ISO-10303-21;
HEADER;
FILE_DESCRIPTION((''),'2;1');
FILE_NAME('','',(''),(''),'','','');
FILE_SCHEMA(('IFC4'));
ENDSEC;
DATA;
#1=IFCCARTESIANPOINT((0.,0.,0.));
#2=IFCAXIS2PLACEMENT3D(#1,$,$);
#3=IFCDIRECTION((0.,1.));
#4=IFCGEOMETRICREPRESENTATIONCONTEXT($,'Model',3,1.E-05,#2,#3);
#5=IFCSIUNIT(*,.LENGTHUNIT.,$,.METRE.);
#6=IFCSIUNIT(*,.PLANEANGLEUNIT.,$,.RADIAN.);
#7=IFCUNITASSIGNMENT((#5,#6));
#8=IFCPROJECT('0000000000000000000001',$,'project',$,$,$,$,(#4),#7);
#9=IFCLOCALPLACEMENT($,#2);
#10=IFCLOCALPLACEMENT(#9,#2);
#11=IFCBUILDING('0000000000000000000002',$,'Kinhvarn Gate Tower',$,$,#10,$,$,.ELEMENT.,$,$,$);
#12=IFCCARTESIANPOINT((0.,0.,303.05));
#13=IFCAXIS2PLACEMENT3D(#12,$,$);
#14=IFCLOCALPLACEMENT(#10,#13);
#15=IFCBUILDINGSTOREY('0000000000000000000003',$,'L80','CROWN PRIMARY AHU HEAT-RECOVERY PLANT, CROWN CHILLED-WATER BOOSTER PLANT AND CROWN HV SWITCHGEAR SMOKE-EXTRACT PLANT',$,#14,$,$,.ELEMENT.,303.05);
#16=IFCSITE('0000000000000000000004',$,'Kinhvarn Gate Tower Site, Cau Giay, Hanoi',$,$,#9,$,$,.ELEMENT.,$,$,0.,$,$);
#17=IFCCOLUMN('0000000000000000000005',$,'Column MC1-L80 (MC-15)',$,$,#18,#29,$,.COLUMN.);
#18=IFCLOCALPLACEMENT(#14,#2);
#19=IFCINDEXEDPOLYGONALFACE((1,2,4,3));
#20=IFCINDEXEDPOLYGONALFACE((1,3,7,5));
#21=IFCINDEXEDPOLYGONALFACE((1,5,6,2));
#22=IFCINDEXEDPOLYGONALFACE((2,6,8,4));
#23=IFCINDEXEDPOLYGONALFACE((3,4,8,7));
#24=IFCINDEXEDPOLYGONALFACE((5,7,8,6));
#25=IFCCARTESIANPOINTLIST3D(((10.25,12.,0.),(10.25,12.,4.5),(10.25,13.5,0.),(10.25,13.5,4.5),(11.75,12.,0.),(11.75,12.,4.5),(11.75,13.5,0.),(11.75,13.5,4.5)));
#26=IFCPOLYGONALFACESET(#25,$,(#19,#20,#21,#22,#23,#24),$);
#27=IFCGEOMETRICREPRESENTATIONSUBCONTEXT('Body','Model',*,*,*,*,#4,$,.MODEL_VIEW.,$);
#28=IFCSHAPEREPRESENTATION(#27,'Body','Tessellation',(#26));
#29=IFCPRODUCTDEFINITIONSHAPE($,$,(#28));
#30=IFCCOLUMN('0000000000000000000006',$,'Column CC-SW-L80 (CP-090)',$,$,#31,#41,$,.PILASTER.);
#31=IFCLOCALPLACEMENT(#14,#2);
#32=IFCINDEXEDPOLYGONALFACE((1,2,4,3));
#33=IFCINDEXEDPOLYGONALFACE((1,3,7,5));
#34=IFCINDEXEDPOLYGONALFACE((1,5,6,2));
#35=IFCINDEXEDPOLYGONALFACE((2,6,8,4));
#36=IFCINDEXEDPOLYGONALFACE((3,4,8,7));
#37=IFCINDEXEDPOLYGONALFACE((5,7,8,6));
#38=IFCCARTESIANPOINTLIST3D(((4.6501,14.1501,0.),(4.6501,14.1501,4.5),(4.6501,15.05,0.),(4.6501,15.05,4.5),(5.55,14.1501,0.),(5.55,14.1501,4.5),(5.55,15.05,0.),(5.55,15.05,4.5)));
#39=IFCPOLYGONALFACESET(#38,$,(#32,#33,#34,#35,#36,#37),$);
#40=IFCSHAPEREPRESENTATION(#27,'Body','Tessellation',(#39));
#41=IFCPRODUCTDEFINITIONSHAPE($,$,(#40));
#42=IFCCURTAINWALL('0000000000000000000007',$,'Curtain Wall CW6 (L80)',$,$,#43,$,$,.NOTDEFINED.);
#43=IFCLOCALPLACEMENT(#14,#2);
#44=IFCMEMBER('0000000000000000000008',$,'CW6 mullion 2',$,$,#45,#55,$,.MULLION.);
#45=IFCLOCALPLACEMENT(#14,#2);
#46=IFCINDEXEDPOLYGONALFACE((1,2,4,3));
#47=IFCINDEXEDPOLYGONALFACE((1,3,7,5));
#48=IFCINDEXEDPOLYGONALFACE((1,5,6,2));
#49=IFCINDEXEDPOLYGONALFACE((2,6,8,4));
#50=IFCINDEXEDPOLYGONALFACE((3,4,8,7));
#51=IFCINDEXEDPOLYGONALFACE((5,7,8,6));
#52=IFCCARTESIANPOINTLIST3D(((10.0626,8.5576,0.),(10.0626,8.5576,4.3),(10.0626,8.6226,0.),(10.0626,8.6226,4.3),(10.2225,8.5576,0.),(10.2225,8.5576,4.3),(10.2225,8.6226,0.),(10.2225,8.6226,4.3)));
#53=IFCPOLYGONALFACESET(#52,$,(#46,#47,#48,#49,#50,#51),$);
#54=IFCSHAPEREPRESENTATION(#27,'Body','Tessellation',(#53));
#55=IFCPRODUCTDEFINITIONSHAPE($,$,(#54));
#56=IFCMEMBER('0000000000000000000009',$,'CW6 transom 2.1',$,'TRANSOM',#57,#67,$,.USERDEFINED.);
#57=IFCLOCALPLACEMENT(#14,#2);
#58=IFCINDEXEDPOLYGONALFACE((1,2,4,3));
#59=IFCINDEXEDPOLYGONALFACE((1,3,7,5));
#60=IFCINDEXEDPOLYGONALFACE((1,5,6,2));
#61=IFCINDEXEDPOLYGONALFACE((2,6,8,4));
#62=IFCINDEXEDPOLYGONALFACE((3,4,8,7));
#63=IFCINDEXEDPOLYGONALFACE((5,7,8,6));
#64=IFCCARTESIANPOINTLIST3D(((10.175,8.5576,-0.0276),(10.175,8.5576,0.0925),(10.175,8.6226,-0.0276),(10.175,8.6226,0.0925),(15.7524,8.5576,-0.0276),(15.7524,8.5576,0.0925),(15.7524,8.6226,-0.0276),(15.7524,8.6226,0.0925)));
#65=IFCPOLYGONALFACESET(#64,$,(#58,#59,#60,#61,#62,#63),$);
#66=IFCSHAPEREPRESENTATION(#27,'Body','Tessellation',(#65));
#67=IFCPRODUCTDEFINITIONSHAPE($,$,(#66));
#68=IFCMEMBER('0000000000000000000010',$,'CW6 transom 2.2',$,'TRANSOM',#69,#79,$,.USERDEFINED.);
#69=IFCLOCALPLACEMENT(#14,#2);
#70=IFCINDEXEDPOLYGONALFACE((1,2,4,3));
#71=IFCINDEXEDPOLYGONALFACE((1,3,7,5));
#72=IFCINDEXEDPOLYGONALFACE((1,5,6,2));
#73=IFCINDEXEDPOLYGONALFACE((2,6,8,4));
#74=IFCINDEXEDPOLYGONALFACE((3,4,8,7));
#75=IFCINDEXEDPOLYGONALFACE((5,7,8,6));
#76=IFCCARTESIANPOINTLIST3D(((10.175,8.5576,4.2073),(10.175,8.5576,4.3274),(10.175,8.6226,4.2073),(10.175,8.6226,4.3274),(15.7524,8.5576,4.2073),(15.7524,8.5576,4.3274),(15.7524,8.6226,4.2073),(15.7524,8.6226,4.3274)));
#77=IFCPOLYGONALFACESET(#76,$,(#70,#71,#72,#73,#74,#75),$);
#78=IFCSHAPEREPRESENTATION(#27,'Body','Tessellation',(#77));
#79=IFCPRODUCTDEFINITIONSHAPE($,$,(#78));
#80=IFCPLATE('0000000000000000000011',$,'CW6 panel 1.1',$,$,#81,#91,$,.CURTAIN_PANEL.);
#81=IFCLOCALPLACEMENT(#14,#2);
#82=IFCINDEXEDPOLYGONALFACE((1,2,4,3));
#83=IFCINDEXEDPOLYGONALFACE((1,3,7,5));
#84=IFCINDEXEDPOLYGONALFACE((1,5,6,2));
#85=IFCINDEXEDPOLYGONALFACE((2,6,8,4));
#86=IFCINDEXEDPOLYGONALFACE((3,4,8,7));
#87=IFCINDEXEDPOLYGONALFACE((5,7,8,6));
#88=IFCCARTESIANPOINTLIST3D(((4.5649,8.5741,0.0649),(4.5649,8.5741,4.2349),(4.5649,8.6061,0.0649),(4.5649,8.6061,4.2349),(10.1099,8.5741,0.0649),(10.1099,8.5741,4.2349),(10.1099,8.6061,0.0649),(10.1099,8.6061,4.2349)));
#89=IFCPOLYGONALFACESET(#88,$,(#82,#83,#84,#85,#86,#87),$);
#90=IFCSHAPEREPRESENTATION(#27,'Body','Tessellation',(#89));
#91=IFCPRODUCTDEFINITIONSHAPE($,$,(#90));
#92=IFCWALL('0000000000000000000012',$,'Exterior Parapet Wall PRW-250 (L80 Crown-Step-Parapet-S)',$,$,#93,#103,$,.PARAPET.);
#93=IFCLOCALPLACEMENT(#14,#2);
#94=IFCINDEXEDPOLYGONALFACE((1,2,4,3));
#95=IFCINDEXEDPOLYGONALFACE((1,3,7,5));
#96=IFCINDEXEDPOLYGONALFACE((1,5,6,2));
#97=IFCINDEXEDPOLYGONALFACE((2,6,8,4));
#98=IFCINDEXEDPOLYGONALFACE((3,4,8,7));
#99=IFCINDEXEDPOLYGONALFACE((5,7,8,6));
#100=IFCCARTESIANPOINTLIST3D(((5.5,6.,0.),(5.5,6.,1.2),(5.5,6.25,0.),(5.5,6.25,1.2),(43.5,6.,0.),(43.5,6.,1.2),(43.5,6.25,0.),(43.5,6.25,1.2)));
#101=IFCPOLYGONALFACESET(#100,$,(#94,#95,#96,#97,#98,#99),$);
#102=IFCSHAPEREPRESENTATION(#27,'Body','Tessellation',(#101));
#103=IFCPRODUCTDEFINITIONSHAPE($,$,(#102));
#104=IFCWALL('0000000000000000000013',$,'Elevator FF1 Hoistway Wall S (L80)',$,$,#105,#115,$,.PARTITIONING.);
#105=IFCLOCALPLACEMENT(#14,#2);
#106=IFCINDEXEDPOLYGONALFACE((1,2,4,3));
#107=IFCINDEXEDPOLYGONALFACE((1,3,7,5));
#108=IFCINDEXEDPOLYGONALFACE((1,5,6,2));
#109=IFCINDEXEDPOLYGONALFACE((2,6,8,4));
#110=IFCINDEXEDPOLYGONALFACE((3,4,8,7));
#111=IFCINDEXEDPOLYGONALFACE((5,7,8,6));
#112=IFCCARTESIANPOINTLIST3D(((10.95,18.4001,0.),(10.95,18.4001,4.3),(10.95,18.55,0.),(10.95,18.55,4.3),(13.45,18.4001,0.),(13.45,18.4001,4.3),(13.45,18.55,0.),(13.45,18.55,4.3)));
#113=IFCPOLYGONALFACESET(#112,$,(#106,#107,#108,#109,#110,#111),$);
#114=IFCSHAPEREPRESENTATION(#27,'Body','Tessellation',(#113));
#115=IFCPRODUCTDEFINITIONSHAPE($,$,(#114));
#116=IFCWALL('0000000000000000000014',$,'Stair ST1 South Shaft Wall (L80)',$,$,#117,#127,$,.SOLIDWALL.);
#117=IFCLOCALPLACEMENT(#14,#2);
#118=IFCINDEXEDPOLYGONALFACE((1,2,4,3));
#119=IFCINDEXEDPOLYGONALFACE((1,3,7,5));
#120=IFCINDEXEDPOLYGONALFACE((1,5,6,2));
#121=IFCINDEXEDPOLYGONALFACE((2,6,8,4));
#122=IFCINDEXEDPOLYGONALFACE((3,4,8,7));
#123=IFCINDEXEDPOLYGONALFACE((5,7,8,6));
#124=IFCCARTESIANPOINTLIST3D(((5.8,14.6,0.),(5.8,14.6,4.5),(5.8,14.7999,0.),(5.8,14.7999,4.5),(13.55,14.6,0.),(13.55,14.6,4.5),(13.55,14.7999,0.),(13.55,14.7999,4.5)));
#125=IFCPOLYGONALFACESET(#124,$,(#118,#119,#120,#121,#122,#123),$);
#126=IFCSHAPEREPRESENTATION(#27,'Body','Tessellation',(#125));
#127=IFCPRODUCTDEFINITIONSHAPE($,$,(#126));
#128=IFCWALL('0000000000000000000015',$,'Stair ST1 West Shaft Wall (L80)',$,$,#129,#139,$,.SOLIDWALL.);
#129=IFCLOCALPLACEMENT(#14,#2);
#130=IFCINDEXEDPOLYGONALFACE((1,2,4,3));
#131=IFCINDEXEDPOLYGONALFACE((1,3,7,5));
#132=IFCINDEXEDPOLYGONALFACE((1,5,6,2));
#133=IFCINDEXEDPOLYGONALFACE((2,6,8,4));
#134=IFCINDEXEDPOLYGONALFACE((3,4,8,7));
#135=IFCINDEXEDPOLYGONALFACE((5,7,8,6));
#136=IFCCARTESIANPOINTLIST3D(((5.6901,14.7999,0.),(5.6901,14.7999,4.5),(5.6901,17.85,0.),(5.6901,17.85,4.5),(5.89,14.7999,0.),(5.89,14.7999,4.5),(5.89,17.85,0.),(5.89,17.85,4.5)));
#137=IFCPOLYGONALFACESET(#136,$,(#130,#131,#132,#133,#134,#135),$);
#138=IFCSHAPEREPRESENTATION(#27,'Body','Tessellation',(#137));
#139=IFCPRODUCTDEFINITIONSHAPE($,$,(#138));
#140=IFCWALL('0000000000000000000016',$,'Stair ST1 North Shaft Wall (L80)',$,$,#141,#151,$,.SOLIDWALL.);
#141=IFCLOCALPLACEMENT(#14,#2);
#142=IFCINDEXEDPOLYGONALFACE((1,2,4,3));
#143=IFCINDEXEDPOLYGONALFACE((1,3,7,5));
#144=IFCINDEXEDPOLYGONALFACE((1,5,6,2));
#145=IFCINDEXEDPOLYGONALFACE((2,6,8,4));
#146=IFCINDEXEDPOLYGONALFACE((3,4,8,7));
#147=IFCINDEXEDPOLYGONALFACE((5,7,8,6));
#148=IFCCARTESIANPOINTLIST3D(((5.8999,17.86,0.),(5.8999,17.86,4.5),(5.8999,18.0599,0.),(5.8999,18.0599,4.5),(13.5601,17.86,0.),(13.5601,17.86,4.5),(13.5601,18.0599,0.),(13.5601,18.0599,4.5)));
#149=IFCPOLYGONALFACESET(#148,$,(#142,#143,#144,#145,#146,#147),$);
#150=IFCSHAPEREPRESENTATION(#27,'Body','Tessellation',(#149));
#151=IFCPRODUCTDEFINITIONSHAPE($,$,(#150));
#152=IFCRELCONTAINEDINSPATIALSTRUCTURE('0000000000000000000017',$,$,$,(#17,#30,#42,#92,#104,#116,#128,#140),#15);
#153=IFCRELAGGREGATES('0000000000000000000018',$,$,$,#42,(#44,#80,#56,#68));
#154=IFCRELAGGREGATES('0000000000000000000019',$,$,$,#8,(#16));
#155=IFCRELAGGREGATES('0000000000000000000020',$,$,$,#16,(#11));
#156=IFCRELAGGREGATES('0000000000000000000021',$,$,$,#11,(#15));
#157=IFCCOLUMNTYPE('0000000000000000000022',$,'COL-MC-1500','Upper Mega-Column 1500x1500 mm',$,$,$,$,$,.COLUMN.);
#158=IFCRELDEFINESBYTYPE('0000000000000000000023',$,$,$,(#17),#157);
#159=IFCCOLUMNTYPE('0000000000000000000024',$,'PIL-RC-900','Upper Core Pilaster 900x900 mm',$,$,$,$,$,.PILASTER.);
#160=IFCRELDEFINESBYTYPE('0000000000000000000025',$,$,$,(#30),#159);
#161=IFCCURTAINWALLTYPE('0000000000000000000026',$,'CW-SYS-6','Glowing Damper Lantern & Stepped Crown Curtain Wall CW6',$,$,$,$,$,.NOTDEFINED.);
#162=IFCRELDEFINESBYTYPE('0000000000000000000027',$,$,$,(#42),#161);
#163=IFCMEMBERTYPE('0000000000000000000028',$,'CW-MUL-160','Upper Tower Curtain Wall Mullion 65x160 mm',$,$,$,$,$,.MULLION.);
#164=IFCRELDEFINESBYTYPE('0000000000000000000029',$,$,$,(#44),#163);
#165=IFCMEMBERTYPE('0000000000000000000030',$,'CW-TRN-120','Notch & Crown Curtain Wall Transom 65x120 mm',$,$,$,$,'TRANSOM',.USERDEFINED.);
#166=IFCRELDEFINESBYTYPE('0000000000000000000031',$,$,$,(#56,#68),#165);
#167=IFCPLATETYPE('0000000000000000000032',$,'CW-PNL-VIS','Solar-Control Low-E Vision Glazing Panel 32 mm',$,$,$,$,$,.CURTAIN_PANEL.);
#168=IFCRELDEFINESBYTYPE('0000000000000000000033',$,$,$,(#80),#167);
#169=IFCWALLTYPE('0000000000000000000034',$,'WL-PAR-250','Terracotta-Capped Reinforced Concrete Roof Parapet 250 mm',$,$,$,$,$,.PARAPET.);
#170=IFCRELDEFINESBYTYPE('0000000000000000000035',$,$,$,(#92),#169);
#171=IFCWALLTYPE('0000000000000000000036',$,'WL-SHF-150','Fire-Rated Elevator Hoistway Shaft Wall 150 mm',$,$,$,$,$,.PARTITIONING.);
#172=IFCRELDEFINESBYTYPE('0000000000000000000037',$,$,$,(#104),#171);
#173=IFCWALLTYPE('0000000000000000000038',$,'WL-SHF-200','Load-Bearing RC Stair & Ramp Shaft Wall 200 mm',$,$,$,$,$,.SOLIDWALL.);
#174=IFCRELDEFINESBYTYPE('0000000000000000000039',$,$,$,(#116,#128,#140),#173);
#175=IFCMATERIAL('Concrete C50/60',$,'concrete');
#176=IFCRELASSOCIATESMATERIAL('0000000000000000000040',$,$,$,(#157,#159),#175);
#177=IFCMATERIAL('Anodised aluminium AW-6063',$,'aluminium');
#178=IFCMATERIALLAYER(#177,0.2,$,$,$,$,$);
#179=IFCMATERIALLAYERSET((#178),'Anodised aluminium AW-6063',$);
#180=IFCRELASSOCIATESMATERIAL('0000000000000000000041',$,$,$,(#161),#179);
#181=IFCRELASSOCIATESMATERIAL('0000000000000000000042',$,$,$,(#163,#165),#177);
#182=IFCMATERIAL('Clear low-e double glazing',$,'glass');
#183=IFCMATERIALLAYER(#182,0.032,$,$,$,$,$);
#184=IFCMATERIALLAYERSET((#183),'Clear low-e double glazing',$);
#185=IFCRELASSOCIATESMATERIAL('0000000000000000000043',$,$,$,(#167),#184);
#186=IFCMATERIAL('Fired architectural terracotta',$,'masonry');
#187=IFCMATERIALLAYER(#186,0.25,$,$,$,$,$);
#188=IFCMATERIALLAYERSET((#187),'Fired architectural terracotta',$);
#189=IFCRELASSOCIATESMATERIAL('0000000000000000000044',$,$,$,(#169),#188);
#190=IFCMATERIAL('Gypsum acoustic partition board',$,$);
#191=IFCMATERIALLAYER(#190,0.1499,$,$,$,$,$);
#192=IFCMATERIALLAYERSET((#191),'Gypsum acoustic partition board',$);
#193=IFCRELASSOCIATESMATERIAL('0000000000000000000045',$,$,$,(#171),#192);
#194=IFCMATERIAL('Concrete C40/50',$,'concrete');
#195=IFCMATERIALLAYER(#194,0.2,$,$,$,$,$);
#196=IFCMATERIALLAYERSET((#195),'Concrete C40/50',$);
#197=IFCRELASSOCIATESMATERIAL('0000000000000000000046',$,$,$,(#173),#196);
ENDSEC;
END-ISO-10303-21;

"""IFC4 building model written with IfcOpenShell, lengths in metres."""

from ifc_helpers import new_model, si_unit, direction, frame, frame_2d, origin, origin_2d, place, context, subcontext, project, spatial, rectangle, extrude, material, layer, layer_set, material_profile, profile_set, type_object, element, aggregate, save


model = new_model("IFC4")

# Units and contexts
model_context = context("Model", 3, precision=1e-05, world=origin(), true_north=direction((0.0, 1.0)))
body_context = subcontext(model_context, "Body", "Model", "MODEL_VIEW")
ifc_project = project(units=[si_unit("LENGTHUNIT", "METRE"), si_unit("PLANEANGLEUNIT", "RADIAN")], contexts=[model_context])

# Site, building, storey
site_placement = place(None, origin())
site = spatial("IfcSite", under=ifc_project, at=site_placement, Name="Kinhvarn Gate Tower Site, Cau Giay, Hanoi", CompositionType="ELEMENT", RefElevation=0.0)
building_placement = place(site_placement, origin())
building = spatial("IfcBuilding", under=site, at=building_placement, Name="Kinhvarn Gate Tower", CompositionType="ELEMENT")
storey_placement = place(building_placement, frame((0.0, 0.0, 303.05)))
storey = spatial("IfcBuildingStorey", under=building, at=storey_placement, Name="L80", Description="CROWN PRIMARY AHU HEAT-RECOVERY PLANT, CROWN CHILLED-WATER BOOSTER PLANT AND CROWN HV SWITCHGEAR SMOKE-EXTRACT PLANT", CompositionType="ELEMENT", Elevation=303.05)

# Columns
ifc_material_1 = material(Name="Concrete C50/60", Category="concrete")
ifc_material_profile_1 = material_profile(ifc_material_1, rectangle(XDim=1.5, YDim=1.5, at=origin_2d()), Name="RC 1500x1500")
ifc_profile_set_1 = profile_set([ifc_material_profile_1], Name="Concrete C50/60")
column_type_1 = type_object("IfcColumnType", Name="COL-MC-1500", Description="Upper Mega-Column 1500x1500 mm", PredefinedType="COLUMN", material=ifc_profile_set_1)
column_1_placement = place(storey_placement, frame((11.0, 12.75, 0.0), z_axis=(0.0, 0.0, 1.0), x_axis=(1.0, 0.0, 0.0)))
element("IfcColumn", 1, at=column_1_placement, inside=storey, type_object=column_type_1, Name="Column MC1-L80 (MC-15)", PredefinedType="COLUMN", context=body_context, shape_type="SweptSolid", body=[
    extrude(rectangle(XDim=1.5, YDim=1.5, at=origin_2d()), origin(), (0.0, 0.0, 1.0), 4.5),
])
ifc_material_profile_2 = material_profile(ifc_material_1, rectangle(XDim=0.8999, YDim=0.8999, at=origin_2d()), Name="RC 900x900")
ifc_profile_set_2 = profile_set([ifc_material_profile_2], Name="Concrete C50/60")
column_type_2 = type_object("IfcColumnType", Name="PIL-RC-900", Description="Upper Core Pilaster 900x900 mm", PredefinedType="PILASTER", material=ifc_profile_set_2)
column_2_placement = place(storey_placement, frame((5.1001, 14.6001, 0.0), z_axis=(0.0, 0.0, 1.0), x_axis=(1.0, 0.0, 0.0)))
element("IfcColumn", 2, at=column_2_placement, inside=storey, type_object=column_type_2, Name="Column CC-SW-L80 (CP-090)", PredefinedType="PILASTER", context=body_context, shape_type="SweptSolid", body=[
    extrude(rectangle(XDim=0.8999, YDim=0.8999, at=origin_2d()), origin(), (0.0, 0.0, 1.0), 4.5),
])

# Curtain wall, members, plate
ifc_material_2 = material(Name="Anodised aluminium AW-6063", Category="aluminium")
ifc_layer_1 = layer(ifc_material_2, 0.2)
ifc_layer_set_1 = layer_set([ifc_layer_1], Name="Anodised aluminium AW-6063")
curtain_wall_type = type_object("IfcCurtainWallType", Name="CW-SYS-6", Description="Glowing Damper Lantern & Stepped Crown Curtain Wall CW6", PredefinedType="NOTDEFINED", material=ifc_layer_set_1)
curtain_wall_placement = place(storey_placement, origin())
curtain_wall = element("IfcCurtainWall", 3, at=curtain_wall_placement, inside=storey, type_object=curtain_wall_type, Name="Curtain Wall CW6 (L80)", PredefinedType="NOTDEFINED")
ifc_material_profile_3 = material_profile(ifc_material_2, rectangle(XDim=0.0649, YDim=0.1599, at=origin_2d()), Name="ALU 65x160")
ifc_profile_set_3 = profile_set([ifc_material_profile_3], Name="Anodised aluminium AW-6063")
member_type_1 = type_object("IfcMemberType", Name="CW-MUL-160", Description="Upper Tower Curtain Wall Mullion 65x160 mm", PredefinedType="MULLION", material=ifc_profile_set_3)
member_1_placement = place(storey_placement, frame((10.1426, 8.5901, 0.0), z_axis=(0.0, 0.0, 1.0), x_axis=(0.0, 1.0, 0.0)))
member_1 = element("IfcMember", 4, at=member_1_placement, type_object=member_type_1, Name="CW6 mullion 2", PredefinedType="MULLION", context=body_context, shape_type="SweptSolid", body=[
    extrude(rectangle(XDim=0.0649, YDim=0.1599, at=origin_2d()), origin(), (0.0, 0.0, 1.0), 4.3),
])
ifc_material_profile_4 = material_profile(ifc_material_2, rectangle(XDim=0.0649, YDim=0.1201, at=origin_2d()), Name="ALU 65x120")
ifc_profile_set_4 = profile_set([ifc_material_profile_4], Name="Anodised aluminium AW-6063")
member_type_2 = type_object("IfcMemberType", Name="CW-TRN-120", Description="Notch & Crown Curtain Wall Transom 65x120 mm", ElementType="TRANSOM", PredefinedType="USERDEFINED", material=ifc_profile_set_4)
member_2_placement = place(storey_placement, frame((10.175, 8.5901, 0.0325), z_axis=(1.0, 0.0, 0.0), x_axis=(0.0, 1.0, 0.0)))
member_2 = element("IfcMember", 5, at=member_2_placement, type_object=member_type_2, Name="CW6 transom 2.1", ObjectType="TRANSOM", PredefinedType="USERDEFINED", context=body_context, shape_type="SweptSolid", body=[
    extrude(rectangle(XDim=0.0649, YDim=0.1201, at=origin_2d()), origin(), (0.0, 0.0, 1.0), 5.5774),
])
member_3_placement = place(storey_placement, frame((10.175, 8.5901, 4.2673), z_axis=(1.0, 0.0, 0.0), x_axis=(0.0, 1.0, 0.0)))
member_3 = element("IfcMember", 6, at=member_3_placement, type_object=member_type_2, Name="CW6 transom 2.2", ObjectType="TRANSOM", PredefinedType="USERDEFINED", context=body_context, shape_type="SweptSolid", body=[
    extrude(rectangle(XDim=0.0649, YDim=0.1201, at=origin_2d()), origin(), (0.0, 0.0, 1.0), 5.5774),
])
ifc_material_3 = material(Name="Clear low-e double glazing", Category="glass")
ifc_layer_2 = layer(ifc_material_3, 0.032)
ifc_layer_set_2 = layer_set([ifc_layer_2], Name="Clear low-e double glazing")
plate_type = type_object("IfcPlateType", Name="CW-PNL-VIS", Description="Solar-Control Low-E Vision Glazing Panel 32 mm", PredefinedType="CURTAIN_PANEL", material=ifc_layer_set_2)
plate_placement = place(storey_placement, frame((7.3374, 8.5901, 0.0649), z_axis=(0.0, 0.0, 1.0), x_axis=(1.0, 0.0, 0.0)))
plate = element("IfcPlate", 7, at=plate_placement, type_object=plate_type, Name="CW6 panel 1.1", PredefinedType="CURTAIN_PANEL", context=body_context, shape_type="SweptSolid", body=[
    extrude(rectangle(XDim=5.5449, YDim=0.032, at=origin_2d()), origin(), (0.0, 0.0, 1.0), 4.1699),
])
aggregate(curtain_wall, [member_1, plate, member_2, member_3])

# Walls
ifc_material_4 = material(Name="Fired architectural terracotta", Category="masonry")
ifc_layer_3 = layer(ifc_material_4, 0.25)
ifc_layer_set_3 = layer_set([ifc_layer_3], Name="Fired architectural terracotta")
wall_type_1 = type_object("IfcWallType", Name="WL-PAR-250", Description="Terracotta-Capped Reinforced Concrete Roof Parapet 250 mm", PredefinedType="PARAPET", material=ifc_layer_set_3)
wall_1_placement = place(storey_placement, frame((5.5, 6.125, 0.0), z_axis=(0.0, 0.0, 1.0), x_axis=(1.0, 0.0, 0.0)))
element("IfcWall", 8, at=wall_1_placement, inside=storey, type_object=wall_type_1, Name="Exterior Parapet Wall PRW-250 (L80 Crown-Step-Parapet-S)", PredefinedType="PARAPET", context=body_context, shape_type="SweptSolid", body=[
    extrude(rectangle(XDim=38.0, YDim=0.25, at=frame_2d((19.0, 0.0))), origin(), (0.0, 0.0, 1.0), 1.2),
])
ifc_material_5 = material(Name="Gypsum acoustic partition board")
ifc_layer_4 = layer(ifc_material_5, 0.1499)
ifc_layer_set_4 = layer_set([ifc_layer_4], Name="Gypsum acoustic partition board")
wall_type_2 = type_object("IfcWallType", Name="WL-SHF-150", Description="Fire-Rated Elevator Hoistway Shaft Wall 150 mm", PredefinedType="PARTITIONING", material=ifc_layer_set_4)
wall_2_placement = place(storey_placement, frame((10.95, 18.4751, 0.0), z_axis=(0.0, 0.0, 1.0), x_axis=(1.0, 0.0, 0.0)))
element("IfcWall", 9, at=wall_2_placement, inside=storey, type_object=wall_type_2, Name="Elevator FF1 Hoistway Wall S (L80)", PredefinedType="PARTITIONING", context=body_context, shape_type="SweptSolid", body=[
    extrude(rectangle(XDim=2.5, YDim=0.1499, at=frame_2d((1.25, 0.0))), origin(), (0.0, 0.0, 1.0), 4.3),
])
ifc_material_6 = material(Name="Concrete C40/50", Category="concrete")
ifc_layer_5 = layer(ifc_material_6, 0.2)
ifc_layer_set_5 = layer_set([ifc_layer_5], Name="Concrete C40/50")
wall_type_3 = type_object("IfcWallType", Name="WL-SHF-200", Description="Load-Bearing RC Stair & Ramp Shaft Wall 200 mm", PredefinedType="SOLIDWALL", material=ifc_layer_set_5)
wall_3_placement = place(storey_placement, frame((5.8, 14.7, 0.0), z_axis=(0.0, 0.0, 1.0), x_axis=(1.0, 0.0, 0.0)))
element("IfcWall", 10, at=wall_3_placement, inside=storey, type_object=wall_type_3, Name="Stair ST1 South Shaft Wall (L80)", PredefinedType="SOLIDWALL", context=body_context, shape_type="SweptSolid", body=[
    extrude(rectangle(XDim=7.75, YDim=0.2, at=frame_2d((3.875, 0.0))), origin(), (0.0, 0.0, 1.0), 4.5),
])
wall_4_placement = place(storey_placement, frame((5.79, 14.8, 0.0), z_axis=(0.0, 0.0, 1.0), x_axis=(0.0, 1.0, 0.0)))
element("IfcWall", 11, at=wall_4_placement, inside=storey, type_object=wall_type_3, Name="Stair ST1 West Shaft Wall (L80)", PredefinedType="SOLIDWALL", context=body_context, shape_type="SweptSolid", body=[
    extrude(rectangle(XDim=3.05, YDim=0.2, at=frame_2d((1.5249, 0.0))), origin(), (0.0, 0.0, 1.0), 4.5),
])
wall_5_placement = place(storey_placement, frame((5.8999, 17.96, 0.0), z_axis=(0.0, 0.0, 1.0), x_axis=(1.0, 0.0, 0.0)))
element("IfcWall", 12, at=wall_5_placement, inside=storey, type_object=wall_type_3, Name="Stair ST1 North Shaft Wall (L80)", PredefinedType="SOLIDWALL", context=body_context, shape_type="SweptSolid", body=[
    extrude(rectangle(XDim=7.6602, YDim=0.2, at=frame_2d((3.8301, 0.0))), origin(), (0.0, 0.0, 1.0), 4.5),
])

save(model, "model.ifc")
